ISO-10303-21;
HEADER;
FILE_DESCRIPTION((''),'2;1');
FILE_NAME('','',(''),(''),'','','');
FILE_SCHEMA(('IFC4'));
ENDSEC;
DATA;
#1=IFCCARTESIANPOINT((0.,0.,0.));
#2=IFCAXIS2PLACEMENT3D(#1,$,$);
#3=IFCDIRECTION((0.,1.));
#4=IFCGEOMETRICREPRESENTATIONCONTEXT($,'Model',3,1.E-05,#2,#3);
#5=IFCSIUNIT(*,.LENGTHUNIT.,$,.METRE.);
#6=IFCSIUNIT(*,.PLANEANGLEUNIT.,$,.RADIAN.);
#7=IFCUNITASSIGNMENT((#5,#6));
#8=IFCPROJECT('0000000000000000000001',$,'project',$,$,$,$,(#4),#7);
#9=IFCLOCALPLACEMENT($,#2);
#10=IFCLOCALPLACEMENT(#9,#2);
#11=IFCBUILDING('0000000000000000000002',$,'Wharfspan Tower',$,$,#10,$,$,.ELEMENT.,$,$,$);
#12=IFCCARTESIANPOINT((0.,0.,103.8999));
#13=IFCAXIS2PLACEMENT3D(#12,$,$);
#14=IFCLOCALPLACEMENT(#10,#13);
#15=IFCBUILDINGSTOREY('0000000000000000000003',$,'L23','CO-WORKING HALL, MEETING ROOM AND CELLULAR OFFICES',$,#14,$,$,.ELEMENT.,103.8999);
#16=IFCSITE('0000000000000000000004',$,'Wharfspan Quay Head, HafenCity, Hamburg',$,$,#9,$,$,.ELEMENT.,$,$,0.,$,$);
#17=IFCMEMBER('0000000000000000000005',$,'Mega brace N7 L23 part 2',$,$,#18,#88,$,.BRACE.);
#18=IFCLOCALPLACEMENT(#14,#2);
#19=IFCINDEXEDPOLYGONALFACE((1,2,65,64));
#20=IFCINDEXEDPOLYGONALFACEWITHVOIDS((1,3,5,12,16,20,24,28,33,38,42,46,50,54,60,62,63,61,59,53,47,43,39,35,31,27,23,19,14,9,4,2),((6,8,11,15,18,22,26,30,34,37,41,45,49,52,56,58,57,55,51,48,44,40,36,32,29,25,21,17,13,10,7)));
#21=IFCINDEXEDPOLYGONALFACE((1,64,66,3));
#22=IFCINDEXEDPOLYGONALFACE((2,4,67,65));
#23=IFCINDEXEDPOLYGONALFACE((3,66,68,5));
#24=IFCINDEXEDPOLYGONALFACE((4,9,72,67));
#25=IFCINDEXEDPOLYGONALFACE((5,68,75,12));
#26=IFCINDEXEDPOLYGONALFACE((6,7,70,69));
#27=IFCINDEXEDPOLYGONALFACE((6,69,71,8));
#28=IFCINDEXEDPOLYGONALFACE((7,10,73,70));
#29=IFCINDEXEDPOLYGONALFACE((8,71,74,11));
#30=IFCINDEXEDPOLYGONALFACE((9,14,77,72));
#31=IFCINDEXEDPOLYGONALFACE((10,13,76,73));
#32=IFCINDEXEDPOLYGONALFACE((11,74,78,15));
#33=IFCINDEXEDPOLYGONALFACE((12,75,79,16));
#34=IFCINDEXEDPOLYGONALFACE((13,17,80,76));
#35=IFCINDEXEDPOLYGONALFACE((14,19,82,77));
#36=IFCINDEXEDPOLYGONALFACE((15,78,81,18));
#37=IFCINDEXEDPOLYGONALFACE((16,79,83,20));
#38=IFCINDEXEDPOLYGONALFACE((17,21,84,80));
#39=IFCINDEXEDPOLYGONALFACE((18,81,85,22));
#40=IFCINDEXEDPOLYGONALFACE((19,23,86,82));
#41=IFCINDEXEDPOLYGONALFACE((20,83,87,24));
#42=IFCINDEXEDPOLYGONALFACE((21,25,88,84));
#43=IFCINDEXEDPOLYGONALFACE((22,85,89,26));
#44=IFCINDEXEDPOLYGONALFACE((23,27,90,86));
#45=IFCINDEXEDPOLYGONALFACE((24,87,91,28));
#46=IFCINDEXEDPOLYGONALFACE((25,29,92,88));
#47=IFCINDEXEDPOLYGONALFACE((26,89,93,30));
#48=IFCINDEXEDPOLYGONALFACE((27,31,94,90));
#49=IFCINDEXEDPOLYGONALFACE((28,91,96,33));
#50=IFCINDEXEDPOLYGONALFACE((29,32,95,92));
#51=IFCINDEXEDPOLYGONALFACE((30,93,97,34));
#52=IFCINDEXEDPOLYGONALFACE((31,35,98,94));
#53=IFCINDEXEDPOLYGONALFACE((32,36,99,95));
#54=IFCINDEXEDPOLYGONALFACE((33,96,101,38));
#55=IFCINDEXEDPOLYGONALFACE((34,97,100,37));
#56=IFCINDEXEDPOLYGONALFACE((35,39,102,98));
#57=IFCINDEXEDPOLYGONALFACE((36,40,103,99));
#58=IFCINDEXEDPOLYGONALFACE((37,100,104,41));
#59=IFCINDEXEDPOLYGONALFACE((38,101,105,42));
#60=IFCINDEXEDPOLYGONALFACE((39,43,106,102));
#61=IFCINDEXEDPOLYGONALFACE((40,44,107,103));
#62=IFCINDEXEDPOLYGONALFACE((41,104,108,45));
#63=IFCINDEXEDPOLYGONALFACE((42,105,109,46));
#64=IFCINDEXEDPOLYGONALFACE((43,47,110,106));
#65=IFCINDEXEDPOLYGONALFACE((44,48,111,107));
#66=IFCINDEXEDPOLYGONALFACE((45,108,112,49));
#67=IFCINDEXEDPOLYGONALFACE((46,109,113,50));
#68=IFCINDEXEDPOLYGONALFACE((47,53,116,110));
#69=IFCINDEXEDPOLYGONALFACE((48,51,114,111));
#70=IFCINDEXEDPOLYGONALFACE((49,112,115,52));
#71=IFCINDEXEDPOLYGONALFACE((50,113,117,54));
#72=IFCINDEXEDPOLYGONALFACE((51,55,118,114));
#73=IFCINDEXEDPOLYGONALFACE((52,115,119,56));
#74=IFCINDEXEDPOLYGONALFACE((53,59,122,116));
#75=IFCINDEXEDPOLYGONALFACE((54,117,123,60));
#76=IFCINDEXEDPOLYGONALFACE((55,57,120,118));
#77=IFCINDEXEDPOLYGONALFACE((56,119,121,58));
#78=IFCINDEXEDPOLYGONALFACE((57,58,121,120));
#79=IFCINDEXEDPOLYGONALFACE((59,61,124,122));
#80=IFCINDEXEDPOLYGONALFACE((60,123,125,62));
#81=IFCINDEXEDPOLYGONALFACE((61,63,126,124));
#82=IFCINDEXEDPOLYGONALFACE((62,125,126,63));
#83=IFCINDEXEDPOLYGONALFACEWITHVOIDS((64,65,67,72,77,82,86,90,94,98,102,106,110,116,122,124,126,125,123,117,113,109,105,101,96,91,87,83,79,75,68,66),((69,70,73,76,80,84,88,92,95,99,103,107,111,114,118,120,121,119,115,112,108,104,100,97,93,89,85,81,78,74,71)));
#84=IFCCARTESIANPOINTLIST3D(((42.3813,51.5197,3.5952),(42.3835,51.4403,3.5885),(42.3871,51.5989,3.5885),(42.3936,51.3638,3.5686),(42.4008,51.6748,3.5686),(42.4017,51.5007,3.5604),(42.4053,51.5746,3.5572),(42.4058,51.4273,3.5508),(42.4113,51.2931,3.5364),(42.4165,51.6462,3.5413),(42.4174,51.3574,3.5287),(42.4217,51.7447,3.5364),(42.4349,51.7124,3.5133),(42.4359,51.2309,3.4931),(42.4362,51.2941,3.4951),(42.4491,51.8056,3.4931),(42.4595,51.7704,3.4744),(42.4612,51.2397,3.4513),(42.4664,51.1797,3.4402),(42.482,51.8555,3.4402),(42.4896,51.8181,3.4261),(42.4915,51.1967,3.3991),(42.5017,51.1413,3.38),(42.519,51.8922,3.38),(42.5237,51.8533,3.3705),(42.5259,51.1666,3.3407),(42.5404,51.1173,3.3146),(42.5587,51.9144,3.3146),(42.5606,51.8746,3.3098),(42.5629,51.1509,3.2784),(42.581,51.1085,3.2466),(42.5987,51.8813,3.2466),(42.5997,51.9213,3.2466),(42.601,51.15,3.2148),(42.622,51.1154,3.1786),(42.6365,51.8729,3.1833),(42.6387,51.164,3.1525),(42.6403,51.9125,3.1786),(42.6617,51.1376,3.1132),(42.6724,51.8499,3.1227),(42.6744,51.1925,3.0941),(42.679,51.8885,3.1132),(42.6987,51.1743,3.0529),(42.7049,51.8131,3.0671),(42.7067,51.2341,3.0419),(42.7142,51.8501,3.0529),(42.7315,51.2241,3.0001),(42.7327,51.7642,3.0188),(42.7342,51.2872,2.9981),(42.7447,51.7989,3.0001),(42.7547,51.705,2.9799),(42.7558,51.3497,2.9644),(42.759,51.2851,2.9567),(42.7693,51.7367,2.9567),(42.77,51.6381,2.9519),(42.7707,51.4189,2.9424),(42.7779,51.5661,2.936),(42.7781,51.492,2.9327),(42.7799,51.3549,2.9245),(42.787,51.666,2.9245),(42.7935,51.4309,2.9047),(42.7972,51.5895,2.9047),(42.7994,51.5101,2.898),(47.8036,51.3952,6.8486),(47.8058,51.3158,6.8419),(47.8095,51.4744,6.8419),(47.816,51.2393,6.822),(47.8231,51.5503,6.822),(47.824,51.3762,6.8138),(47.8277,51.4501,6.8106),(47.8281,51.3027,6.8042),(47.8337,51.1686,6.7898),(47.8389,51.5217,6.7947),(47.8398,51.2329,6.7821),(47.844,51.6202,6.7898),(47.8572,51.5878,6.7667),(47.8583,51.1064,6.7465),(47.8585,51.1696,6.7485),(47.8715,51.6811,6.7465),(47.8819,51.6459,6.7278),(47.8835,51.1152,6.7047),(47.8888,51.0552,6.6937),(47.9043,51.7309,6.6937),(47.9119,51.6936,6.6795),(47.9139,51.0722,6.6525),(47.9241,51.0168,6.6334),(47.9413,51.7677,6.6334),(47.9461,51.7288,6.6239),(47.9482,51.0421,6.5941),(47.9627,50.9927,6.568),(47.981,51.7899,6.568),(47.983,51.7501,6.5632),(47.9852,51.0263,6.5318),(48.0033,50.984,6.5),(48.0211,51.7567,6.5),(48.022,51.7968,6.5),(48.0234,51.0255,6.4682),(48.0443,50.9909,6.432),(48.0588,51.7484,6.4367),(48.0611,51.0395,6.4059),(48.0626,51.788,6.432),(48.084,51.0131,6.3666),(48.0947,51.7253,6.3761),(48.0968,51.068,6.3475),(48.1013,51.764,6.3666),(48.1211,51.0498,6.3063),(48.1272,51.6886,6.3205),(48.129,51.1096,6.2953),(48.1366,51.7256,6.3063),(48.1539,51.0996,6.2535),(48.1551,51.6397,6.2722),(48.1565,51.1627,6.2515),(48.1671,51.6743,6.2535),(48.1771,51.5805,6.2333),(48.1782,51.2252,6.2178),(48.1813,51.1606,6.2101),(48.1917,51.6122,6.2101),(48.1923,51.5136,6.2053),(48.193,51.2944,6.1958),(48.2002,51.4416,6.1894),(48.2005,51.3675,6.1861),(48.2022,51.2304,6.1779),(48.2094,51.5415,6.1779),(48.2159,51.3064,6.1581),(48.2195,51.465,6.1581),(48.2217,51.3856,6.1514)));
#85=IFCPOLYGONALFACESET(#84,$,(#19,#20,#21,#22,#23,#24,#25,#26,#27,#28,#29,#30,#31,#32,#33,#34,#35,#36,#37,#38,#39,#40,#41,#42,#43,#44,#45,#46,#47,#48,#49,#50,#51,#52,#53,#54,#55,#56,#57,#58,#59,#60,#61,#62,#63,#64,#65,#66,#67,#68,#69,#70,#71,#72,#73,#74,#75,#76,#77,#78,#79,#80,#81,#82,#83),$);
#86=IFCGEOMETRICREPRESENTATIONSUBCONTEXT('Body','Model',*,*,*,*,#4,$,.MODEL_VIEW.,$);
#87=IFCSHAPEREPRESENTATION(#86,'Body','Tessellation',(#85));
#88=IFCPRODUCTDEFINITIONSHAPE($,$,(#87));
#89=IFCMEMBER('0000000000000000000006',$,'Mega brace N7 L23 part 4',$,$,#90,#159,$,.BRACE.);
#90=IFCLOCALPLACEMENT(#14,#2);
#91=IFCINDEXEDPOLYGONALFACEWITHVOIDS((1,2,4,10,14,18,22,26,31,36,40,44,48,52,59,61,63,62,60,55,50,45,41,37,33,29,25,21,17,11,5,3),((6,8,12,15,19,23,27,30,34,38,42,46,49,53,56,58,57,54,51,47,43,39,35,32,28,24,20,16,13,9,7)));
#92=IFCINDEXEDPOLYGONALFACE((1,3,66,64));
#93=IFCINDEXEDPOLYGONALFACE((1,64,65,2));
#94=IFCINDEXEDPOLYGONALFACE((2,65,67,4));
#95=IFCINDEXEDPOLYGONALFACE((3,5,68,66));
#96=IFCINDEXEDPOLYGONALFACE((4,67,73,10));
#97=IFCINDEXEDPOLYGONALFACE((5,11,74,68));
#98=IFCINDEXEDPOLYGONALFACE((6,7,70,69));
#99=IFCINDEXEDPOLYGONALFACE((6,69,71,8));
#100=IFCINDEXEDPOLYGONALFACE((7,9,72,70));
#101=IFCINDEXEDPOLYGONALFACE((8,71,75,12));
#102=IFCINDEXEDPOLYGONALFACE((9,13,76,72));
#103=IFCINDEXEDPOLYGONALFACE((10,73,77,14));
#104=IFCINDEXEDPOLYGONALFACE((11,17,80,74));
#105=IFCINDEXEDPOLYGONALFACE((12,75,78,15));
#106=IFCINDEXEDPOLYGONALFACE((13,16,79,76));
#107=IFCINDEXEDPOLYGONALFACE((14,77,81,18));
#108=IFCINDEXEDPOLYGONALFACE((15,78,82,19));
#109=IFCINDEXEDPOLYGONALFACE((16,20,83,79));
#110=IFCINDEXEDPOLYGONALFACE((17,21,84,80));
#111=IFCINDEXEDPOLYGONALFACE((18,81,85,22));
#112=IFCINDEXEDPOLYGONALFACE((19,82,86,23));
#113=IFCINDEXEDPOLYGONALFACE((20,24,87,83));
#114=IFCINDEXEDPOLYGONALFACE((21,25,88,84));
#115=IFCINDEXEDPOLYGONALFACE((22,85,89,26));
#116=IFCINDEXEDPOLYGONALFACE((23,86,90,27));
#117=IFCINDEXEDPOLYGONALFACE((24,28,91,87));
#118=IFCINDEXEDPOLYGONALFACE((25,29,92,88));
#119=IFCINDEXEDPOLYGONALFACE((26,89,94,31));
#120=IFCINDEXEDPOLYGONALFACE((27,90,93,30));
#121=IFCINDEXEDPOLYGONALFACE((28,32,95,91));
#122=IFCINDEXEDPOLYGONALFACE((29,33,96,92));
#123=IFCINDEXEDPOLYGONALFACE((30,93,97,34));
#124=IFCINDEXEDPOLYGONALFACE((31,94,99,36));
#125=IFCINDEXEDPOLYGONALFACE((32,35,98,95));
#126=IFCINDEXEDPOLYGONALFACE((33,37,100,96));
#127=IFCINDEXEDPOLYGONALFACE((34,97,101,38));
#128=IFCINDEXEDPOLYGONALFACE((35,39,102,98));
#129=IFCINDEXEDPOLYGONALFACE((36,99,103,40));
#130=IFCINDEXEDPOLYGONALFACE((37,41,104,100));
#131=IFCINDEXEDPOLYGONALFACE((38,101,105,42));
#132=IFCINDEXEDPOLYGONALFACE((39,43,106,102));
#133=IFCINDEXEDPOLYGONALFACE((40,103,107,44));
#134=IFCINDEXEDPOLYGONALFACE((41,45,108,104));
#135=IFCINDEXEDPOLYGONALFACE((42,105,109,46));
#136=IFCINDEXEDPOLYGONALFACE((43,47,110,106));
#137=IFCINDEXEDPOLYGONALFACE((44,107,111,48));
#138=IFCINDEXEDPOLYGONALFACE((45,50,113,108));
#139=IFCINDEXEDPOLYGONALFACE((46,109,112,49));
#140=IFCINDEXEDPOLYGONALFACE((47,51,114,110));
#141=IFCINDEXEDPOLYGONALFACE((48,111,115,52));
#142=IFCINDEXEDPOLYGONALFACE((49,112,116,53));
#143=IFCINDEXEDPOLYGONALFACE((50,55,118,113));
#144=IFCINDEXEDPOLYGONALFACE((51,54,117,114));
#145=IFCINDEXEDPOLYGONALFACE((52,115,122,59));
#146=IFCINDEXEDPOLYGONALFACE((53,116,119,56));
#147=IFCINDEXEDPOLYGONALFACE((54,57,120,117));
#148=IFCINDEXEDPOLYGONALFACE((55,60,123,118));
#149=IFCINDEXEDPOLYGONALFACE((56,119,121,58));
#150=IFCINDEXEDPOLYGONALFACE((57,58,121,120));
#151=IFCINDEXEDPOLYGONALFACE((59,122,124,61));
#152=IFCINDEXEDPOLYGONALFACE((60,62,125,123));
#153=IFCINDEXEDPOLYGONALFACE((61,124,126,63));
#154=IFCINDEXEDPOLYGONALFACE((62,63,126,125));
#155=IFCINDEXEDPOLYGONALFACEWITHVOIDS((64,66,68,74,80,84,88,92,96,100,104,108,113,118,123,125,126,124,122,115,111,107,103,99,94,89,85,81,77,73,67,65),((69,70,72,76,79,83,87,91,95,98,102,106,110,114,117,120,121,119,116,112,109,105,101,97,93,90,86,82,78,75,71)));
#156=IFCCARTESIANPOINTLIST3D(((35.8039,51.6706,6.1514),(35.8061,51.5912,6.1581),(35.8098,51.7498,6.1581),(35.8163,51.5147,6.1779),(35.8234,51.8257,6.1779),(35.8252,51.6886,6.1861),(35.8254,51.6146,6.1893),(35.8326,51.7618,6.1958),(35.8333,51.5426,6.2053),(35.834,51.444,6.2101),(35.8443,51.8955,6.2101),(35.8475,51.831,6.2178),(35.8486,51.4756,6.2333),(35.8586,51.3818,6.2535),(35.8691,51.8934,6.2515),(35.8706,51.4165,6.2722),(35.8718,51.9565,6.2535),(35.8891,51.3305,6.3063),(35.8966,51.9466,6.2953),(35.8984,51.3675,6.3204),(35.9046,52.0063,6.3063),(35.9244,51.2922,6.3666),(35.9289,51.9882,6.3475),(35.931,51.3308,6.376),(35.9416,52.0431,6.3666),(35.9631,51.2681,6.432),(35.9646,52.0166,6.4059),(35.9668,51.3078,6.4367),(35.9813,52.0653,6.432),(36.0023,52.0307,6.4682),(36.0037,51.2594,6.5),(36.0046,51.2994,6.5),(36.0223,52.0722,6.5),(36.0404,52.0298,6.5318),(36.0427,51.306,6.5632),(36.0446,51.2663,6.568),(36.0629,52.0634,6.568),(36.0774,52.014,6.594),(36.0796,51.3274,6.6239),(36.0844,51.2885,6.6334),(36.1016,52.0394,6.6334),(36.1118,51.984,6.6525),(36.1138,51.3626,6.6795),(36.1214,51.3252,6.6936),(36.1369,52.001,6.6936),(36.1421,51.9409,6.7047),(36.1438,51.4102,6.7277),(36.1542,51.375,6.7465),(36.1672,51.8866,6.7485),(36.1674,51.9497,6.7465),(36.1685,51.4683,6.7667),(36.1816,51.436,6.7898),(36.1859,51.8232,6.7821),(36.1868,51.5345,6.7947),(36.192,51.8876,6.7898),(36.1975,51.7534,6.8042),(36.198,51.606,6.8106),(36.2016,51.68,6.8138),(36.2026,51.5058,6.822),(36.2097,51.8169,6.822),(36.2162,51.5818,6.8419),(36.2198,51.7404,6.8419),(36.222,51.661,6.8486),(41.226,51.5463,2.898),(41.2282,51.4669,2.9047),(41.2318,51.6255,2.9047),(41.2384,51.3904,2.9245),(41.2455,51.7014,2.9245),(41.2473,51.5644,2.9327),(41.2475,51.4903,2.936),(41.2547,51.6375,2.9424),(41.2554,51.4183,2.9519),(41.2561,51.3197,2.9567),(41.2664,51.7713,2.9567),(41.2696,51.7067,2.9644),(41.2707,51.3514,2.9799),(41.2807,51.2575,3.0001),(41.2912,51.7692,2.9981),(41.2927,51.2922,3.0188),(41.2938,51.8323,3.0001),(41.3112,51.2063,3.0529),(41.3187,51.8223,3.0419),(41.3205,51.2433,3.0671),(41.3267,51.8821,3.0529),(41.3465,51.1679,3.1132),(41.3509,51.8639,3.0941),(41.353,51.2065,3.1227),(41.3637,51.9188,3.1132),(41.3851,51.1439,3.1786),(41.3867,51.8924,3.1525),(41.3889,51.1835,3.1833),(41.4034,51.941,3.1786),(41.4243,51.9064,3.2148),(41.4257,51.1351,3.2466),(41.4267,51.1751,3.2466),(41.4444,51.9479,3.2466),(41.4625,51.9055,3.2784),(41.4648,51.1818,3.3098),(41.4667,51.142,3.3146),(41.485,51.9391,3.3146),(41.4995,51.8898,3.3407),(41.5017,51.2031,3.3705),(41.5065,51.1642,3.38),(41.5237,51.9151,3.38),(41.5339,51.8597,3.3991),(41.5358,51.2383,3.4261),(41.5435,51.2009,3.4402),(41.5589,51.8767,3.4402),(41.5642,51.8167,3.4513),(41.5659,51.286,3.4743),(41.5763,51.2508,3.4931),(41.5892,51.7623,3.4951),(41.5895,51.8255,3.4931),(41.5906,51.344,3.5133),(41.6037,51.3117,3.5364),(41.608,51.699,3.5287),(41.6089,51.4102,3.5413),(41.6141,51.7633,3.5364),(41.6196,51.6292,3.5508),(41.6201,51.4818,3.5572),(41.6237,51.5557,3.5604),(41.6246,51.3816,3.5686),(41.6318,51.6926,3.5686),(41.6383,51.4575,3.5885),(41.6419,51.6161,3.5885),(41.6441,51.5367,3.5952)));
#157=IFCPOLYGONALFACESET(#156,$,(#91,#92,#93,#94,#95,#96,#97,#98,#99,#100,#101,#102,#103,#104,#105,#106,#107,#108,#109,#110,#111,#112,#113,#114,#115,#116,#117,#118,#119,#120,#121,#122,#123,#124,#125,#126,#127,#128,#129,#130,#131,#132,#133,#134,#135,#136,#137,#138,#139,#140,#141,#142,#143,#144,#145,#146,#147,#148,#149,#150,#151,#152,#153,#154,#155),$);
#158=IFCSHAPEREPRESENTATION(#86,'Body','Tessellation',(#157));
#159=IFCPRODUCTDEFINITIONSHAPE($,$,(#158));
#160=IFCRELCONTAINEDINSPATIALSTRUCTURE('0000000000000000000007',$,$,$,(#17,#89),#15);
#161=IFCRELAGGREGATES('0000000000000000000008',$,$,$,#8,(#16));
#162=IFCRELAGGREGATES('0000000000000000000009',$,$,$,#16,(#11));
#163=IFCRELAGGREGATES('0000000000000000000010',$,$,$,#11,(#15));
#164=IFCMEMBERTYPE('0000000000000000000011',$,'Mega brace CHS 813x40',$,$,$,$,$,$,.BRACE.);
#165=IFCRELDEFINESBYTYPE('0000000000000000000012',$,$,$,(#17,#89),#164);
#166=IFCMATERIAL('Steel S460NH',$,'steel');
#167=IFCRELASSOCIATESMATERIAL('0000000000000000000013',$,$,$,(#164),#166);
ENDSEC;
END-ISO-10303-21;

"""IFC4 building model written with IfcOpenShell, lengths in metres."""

from ifc_helpers import new_model, si_unit, direction, frame, origin, origin_2d, place, context, subcontext, project, spatial, hollow_circle, extrude, material, material_profile, profile_set, type_object, element, save


model = new_model("IFC4")

# Units and contexts
model_context = context("Model", 3, precision=1e-05, world=origin(), true_north=direction((0.0, 1.0)))
body_context = subcontext(model_context, "Body", "Model", "MODEL_VIEW")
ifc_project = project(units=[si_unit("LENGTHUNIT", "METRE"), si_unit("PLANEANGLEUNIT", "RADIAN")], contexts=[model_context])

# Site, building, storey
site_placement = place(None, origin())
site = spatial("IfcSite", under=ifc_project, at=site_placement, Name="Wharfspan Quay Head, HafenCity, Hamburg", CompositionType="ELEMENT", RefElevation=0.0)
building_placement = place(site_placement, origin())
building = spatial("IfcBuilding", under=site, at=building_placement, Name="Wharfspan Tower", CompositionType="ELEMENT")
storey_placement = place(building_placement, frame((0.0, 0.0, 103.8999)))
storey = spatial("IfcBuildingStorey", under=building, at=storey_placement, Name="L23", Description="CO-WORKING HALL, MEETING ROOM AND CELLULAR OFFICES", CompositionType="ELEMENT", Elevation=103.8999)

# Shared definitions
ifc_material_1 = material(Name="Steel S460NH", Category="steel")

# Members
ifc_material_profile_1 = material_profile(ifc_material_1, hollow_circle(Radius=0.4065, WallThickness=0.04, at=origin_2d()))
ifc_profile_set_1 = profile_set([ifc_material_profile_1], Name="Steel S460NH")
member_type_1 = type_object("IfcMemberType", Name="Mega brace CHS 813x40", PredefinedType="BRACE", material=ifc_profile_set_1)
member_1_placement = place(storey_placement, frame((42.5903, 51.5149, 3.2466), z_axis=(0.857327, -0.019686, 0.514396), x_axis=(0.022956, 0.999736, 0.0)))
element("IfcMember", 1, at=member_1_placement, inside=storey, type_object=member_type_1, Name="Mega brace N7 L23 part 2", PredefinedType="BRACE", context=body_context, shape_type="SweptSolid", body=[
    extrude(hollow_circle(Radius=0.4065, WallThickness=0.04, at=origin_2d()), origin(), (0.0, 0.0, 1.0), 6.3247),
])
member_2_placement = place(storey_placement, frame((41.4351, 51.5415, 3.2466), z_axis=(-0.857317, 0.019649, 0.514413), x_axis=(-0.022912, -0.999739, 0.000002)))
element("IfcMember", 2, at=member_2_placement, inside=storey, type_object=member_type_1, Name="Mega brace N7 L23 part 4", PredefinedType="BRACE", context=body_context, shape_type="SweptSolid", body=[
    extrude(hollow_circle(Radius=0.4065, WallThickness=0.04, at=origin_2d()), origin(), (0.0, 0.0, 1.0), 6.3245),
])

save(model, "model.ifc")
